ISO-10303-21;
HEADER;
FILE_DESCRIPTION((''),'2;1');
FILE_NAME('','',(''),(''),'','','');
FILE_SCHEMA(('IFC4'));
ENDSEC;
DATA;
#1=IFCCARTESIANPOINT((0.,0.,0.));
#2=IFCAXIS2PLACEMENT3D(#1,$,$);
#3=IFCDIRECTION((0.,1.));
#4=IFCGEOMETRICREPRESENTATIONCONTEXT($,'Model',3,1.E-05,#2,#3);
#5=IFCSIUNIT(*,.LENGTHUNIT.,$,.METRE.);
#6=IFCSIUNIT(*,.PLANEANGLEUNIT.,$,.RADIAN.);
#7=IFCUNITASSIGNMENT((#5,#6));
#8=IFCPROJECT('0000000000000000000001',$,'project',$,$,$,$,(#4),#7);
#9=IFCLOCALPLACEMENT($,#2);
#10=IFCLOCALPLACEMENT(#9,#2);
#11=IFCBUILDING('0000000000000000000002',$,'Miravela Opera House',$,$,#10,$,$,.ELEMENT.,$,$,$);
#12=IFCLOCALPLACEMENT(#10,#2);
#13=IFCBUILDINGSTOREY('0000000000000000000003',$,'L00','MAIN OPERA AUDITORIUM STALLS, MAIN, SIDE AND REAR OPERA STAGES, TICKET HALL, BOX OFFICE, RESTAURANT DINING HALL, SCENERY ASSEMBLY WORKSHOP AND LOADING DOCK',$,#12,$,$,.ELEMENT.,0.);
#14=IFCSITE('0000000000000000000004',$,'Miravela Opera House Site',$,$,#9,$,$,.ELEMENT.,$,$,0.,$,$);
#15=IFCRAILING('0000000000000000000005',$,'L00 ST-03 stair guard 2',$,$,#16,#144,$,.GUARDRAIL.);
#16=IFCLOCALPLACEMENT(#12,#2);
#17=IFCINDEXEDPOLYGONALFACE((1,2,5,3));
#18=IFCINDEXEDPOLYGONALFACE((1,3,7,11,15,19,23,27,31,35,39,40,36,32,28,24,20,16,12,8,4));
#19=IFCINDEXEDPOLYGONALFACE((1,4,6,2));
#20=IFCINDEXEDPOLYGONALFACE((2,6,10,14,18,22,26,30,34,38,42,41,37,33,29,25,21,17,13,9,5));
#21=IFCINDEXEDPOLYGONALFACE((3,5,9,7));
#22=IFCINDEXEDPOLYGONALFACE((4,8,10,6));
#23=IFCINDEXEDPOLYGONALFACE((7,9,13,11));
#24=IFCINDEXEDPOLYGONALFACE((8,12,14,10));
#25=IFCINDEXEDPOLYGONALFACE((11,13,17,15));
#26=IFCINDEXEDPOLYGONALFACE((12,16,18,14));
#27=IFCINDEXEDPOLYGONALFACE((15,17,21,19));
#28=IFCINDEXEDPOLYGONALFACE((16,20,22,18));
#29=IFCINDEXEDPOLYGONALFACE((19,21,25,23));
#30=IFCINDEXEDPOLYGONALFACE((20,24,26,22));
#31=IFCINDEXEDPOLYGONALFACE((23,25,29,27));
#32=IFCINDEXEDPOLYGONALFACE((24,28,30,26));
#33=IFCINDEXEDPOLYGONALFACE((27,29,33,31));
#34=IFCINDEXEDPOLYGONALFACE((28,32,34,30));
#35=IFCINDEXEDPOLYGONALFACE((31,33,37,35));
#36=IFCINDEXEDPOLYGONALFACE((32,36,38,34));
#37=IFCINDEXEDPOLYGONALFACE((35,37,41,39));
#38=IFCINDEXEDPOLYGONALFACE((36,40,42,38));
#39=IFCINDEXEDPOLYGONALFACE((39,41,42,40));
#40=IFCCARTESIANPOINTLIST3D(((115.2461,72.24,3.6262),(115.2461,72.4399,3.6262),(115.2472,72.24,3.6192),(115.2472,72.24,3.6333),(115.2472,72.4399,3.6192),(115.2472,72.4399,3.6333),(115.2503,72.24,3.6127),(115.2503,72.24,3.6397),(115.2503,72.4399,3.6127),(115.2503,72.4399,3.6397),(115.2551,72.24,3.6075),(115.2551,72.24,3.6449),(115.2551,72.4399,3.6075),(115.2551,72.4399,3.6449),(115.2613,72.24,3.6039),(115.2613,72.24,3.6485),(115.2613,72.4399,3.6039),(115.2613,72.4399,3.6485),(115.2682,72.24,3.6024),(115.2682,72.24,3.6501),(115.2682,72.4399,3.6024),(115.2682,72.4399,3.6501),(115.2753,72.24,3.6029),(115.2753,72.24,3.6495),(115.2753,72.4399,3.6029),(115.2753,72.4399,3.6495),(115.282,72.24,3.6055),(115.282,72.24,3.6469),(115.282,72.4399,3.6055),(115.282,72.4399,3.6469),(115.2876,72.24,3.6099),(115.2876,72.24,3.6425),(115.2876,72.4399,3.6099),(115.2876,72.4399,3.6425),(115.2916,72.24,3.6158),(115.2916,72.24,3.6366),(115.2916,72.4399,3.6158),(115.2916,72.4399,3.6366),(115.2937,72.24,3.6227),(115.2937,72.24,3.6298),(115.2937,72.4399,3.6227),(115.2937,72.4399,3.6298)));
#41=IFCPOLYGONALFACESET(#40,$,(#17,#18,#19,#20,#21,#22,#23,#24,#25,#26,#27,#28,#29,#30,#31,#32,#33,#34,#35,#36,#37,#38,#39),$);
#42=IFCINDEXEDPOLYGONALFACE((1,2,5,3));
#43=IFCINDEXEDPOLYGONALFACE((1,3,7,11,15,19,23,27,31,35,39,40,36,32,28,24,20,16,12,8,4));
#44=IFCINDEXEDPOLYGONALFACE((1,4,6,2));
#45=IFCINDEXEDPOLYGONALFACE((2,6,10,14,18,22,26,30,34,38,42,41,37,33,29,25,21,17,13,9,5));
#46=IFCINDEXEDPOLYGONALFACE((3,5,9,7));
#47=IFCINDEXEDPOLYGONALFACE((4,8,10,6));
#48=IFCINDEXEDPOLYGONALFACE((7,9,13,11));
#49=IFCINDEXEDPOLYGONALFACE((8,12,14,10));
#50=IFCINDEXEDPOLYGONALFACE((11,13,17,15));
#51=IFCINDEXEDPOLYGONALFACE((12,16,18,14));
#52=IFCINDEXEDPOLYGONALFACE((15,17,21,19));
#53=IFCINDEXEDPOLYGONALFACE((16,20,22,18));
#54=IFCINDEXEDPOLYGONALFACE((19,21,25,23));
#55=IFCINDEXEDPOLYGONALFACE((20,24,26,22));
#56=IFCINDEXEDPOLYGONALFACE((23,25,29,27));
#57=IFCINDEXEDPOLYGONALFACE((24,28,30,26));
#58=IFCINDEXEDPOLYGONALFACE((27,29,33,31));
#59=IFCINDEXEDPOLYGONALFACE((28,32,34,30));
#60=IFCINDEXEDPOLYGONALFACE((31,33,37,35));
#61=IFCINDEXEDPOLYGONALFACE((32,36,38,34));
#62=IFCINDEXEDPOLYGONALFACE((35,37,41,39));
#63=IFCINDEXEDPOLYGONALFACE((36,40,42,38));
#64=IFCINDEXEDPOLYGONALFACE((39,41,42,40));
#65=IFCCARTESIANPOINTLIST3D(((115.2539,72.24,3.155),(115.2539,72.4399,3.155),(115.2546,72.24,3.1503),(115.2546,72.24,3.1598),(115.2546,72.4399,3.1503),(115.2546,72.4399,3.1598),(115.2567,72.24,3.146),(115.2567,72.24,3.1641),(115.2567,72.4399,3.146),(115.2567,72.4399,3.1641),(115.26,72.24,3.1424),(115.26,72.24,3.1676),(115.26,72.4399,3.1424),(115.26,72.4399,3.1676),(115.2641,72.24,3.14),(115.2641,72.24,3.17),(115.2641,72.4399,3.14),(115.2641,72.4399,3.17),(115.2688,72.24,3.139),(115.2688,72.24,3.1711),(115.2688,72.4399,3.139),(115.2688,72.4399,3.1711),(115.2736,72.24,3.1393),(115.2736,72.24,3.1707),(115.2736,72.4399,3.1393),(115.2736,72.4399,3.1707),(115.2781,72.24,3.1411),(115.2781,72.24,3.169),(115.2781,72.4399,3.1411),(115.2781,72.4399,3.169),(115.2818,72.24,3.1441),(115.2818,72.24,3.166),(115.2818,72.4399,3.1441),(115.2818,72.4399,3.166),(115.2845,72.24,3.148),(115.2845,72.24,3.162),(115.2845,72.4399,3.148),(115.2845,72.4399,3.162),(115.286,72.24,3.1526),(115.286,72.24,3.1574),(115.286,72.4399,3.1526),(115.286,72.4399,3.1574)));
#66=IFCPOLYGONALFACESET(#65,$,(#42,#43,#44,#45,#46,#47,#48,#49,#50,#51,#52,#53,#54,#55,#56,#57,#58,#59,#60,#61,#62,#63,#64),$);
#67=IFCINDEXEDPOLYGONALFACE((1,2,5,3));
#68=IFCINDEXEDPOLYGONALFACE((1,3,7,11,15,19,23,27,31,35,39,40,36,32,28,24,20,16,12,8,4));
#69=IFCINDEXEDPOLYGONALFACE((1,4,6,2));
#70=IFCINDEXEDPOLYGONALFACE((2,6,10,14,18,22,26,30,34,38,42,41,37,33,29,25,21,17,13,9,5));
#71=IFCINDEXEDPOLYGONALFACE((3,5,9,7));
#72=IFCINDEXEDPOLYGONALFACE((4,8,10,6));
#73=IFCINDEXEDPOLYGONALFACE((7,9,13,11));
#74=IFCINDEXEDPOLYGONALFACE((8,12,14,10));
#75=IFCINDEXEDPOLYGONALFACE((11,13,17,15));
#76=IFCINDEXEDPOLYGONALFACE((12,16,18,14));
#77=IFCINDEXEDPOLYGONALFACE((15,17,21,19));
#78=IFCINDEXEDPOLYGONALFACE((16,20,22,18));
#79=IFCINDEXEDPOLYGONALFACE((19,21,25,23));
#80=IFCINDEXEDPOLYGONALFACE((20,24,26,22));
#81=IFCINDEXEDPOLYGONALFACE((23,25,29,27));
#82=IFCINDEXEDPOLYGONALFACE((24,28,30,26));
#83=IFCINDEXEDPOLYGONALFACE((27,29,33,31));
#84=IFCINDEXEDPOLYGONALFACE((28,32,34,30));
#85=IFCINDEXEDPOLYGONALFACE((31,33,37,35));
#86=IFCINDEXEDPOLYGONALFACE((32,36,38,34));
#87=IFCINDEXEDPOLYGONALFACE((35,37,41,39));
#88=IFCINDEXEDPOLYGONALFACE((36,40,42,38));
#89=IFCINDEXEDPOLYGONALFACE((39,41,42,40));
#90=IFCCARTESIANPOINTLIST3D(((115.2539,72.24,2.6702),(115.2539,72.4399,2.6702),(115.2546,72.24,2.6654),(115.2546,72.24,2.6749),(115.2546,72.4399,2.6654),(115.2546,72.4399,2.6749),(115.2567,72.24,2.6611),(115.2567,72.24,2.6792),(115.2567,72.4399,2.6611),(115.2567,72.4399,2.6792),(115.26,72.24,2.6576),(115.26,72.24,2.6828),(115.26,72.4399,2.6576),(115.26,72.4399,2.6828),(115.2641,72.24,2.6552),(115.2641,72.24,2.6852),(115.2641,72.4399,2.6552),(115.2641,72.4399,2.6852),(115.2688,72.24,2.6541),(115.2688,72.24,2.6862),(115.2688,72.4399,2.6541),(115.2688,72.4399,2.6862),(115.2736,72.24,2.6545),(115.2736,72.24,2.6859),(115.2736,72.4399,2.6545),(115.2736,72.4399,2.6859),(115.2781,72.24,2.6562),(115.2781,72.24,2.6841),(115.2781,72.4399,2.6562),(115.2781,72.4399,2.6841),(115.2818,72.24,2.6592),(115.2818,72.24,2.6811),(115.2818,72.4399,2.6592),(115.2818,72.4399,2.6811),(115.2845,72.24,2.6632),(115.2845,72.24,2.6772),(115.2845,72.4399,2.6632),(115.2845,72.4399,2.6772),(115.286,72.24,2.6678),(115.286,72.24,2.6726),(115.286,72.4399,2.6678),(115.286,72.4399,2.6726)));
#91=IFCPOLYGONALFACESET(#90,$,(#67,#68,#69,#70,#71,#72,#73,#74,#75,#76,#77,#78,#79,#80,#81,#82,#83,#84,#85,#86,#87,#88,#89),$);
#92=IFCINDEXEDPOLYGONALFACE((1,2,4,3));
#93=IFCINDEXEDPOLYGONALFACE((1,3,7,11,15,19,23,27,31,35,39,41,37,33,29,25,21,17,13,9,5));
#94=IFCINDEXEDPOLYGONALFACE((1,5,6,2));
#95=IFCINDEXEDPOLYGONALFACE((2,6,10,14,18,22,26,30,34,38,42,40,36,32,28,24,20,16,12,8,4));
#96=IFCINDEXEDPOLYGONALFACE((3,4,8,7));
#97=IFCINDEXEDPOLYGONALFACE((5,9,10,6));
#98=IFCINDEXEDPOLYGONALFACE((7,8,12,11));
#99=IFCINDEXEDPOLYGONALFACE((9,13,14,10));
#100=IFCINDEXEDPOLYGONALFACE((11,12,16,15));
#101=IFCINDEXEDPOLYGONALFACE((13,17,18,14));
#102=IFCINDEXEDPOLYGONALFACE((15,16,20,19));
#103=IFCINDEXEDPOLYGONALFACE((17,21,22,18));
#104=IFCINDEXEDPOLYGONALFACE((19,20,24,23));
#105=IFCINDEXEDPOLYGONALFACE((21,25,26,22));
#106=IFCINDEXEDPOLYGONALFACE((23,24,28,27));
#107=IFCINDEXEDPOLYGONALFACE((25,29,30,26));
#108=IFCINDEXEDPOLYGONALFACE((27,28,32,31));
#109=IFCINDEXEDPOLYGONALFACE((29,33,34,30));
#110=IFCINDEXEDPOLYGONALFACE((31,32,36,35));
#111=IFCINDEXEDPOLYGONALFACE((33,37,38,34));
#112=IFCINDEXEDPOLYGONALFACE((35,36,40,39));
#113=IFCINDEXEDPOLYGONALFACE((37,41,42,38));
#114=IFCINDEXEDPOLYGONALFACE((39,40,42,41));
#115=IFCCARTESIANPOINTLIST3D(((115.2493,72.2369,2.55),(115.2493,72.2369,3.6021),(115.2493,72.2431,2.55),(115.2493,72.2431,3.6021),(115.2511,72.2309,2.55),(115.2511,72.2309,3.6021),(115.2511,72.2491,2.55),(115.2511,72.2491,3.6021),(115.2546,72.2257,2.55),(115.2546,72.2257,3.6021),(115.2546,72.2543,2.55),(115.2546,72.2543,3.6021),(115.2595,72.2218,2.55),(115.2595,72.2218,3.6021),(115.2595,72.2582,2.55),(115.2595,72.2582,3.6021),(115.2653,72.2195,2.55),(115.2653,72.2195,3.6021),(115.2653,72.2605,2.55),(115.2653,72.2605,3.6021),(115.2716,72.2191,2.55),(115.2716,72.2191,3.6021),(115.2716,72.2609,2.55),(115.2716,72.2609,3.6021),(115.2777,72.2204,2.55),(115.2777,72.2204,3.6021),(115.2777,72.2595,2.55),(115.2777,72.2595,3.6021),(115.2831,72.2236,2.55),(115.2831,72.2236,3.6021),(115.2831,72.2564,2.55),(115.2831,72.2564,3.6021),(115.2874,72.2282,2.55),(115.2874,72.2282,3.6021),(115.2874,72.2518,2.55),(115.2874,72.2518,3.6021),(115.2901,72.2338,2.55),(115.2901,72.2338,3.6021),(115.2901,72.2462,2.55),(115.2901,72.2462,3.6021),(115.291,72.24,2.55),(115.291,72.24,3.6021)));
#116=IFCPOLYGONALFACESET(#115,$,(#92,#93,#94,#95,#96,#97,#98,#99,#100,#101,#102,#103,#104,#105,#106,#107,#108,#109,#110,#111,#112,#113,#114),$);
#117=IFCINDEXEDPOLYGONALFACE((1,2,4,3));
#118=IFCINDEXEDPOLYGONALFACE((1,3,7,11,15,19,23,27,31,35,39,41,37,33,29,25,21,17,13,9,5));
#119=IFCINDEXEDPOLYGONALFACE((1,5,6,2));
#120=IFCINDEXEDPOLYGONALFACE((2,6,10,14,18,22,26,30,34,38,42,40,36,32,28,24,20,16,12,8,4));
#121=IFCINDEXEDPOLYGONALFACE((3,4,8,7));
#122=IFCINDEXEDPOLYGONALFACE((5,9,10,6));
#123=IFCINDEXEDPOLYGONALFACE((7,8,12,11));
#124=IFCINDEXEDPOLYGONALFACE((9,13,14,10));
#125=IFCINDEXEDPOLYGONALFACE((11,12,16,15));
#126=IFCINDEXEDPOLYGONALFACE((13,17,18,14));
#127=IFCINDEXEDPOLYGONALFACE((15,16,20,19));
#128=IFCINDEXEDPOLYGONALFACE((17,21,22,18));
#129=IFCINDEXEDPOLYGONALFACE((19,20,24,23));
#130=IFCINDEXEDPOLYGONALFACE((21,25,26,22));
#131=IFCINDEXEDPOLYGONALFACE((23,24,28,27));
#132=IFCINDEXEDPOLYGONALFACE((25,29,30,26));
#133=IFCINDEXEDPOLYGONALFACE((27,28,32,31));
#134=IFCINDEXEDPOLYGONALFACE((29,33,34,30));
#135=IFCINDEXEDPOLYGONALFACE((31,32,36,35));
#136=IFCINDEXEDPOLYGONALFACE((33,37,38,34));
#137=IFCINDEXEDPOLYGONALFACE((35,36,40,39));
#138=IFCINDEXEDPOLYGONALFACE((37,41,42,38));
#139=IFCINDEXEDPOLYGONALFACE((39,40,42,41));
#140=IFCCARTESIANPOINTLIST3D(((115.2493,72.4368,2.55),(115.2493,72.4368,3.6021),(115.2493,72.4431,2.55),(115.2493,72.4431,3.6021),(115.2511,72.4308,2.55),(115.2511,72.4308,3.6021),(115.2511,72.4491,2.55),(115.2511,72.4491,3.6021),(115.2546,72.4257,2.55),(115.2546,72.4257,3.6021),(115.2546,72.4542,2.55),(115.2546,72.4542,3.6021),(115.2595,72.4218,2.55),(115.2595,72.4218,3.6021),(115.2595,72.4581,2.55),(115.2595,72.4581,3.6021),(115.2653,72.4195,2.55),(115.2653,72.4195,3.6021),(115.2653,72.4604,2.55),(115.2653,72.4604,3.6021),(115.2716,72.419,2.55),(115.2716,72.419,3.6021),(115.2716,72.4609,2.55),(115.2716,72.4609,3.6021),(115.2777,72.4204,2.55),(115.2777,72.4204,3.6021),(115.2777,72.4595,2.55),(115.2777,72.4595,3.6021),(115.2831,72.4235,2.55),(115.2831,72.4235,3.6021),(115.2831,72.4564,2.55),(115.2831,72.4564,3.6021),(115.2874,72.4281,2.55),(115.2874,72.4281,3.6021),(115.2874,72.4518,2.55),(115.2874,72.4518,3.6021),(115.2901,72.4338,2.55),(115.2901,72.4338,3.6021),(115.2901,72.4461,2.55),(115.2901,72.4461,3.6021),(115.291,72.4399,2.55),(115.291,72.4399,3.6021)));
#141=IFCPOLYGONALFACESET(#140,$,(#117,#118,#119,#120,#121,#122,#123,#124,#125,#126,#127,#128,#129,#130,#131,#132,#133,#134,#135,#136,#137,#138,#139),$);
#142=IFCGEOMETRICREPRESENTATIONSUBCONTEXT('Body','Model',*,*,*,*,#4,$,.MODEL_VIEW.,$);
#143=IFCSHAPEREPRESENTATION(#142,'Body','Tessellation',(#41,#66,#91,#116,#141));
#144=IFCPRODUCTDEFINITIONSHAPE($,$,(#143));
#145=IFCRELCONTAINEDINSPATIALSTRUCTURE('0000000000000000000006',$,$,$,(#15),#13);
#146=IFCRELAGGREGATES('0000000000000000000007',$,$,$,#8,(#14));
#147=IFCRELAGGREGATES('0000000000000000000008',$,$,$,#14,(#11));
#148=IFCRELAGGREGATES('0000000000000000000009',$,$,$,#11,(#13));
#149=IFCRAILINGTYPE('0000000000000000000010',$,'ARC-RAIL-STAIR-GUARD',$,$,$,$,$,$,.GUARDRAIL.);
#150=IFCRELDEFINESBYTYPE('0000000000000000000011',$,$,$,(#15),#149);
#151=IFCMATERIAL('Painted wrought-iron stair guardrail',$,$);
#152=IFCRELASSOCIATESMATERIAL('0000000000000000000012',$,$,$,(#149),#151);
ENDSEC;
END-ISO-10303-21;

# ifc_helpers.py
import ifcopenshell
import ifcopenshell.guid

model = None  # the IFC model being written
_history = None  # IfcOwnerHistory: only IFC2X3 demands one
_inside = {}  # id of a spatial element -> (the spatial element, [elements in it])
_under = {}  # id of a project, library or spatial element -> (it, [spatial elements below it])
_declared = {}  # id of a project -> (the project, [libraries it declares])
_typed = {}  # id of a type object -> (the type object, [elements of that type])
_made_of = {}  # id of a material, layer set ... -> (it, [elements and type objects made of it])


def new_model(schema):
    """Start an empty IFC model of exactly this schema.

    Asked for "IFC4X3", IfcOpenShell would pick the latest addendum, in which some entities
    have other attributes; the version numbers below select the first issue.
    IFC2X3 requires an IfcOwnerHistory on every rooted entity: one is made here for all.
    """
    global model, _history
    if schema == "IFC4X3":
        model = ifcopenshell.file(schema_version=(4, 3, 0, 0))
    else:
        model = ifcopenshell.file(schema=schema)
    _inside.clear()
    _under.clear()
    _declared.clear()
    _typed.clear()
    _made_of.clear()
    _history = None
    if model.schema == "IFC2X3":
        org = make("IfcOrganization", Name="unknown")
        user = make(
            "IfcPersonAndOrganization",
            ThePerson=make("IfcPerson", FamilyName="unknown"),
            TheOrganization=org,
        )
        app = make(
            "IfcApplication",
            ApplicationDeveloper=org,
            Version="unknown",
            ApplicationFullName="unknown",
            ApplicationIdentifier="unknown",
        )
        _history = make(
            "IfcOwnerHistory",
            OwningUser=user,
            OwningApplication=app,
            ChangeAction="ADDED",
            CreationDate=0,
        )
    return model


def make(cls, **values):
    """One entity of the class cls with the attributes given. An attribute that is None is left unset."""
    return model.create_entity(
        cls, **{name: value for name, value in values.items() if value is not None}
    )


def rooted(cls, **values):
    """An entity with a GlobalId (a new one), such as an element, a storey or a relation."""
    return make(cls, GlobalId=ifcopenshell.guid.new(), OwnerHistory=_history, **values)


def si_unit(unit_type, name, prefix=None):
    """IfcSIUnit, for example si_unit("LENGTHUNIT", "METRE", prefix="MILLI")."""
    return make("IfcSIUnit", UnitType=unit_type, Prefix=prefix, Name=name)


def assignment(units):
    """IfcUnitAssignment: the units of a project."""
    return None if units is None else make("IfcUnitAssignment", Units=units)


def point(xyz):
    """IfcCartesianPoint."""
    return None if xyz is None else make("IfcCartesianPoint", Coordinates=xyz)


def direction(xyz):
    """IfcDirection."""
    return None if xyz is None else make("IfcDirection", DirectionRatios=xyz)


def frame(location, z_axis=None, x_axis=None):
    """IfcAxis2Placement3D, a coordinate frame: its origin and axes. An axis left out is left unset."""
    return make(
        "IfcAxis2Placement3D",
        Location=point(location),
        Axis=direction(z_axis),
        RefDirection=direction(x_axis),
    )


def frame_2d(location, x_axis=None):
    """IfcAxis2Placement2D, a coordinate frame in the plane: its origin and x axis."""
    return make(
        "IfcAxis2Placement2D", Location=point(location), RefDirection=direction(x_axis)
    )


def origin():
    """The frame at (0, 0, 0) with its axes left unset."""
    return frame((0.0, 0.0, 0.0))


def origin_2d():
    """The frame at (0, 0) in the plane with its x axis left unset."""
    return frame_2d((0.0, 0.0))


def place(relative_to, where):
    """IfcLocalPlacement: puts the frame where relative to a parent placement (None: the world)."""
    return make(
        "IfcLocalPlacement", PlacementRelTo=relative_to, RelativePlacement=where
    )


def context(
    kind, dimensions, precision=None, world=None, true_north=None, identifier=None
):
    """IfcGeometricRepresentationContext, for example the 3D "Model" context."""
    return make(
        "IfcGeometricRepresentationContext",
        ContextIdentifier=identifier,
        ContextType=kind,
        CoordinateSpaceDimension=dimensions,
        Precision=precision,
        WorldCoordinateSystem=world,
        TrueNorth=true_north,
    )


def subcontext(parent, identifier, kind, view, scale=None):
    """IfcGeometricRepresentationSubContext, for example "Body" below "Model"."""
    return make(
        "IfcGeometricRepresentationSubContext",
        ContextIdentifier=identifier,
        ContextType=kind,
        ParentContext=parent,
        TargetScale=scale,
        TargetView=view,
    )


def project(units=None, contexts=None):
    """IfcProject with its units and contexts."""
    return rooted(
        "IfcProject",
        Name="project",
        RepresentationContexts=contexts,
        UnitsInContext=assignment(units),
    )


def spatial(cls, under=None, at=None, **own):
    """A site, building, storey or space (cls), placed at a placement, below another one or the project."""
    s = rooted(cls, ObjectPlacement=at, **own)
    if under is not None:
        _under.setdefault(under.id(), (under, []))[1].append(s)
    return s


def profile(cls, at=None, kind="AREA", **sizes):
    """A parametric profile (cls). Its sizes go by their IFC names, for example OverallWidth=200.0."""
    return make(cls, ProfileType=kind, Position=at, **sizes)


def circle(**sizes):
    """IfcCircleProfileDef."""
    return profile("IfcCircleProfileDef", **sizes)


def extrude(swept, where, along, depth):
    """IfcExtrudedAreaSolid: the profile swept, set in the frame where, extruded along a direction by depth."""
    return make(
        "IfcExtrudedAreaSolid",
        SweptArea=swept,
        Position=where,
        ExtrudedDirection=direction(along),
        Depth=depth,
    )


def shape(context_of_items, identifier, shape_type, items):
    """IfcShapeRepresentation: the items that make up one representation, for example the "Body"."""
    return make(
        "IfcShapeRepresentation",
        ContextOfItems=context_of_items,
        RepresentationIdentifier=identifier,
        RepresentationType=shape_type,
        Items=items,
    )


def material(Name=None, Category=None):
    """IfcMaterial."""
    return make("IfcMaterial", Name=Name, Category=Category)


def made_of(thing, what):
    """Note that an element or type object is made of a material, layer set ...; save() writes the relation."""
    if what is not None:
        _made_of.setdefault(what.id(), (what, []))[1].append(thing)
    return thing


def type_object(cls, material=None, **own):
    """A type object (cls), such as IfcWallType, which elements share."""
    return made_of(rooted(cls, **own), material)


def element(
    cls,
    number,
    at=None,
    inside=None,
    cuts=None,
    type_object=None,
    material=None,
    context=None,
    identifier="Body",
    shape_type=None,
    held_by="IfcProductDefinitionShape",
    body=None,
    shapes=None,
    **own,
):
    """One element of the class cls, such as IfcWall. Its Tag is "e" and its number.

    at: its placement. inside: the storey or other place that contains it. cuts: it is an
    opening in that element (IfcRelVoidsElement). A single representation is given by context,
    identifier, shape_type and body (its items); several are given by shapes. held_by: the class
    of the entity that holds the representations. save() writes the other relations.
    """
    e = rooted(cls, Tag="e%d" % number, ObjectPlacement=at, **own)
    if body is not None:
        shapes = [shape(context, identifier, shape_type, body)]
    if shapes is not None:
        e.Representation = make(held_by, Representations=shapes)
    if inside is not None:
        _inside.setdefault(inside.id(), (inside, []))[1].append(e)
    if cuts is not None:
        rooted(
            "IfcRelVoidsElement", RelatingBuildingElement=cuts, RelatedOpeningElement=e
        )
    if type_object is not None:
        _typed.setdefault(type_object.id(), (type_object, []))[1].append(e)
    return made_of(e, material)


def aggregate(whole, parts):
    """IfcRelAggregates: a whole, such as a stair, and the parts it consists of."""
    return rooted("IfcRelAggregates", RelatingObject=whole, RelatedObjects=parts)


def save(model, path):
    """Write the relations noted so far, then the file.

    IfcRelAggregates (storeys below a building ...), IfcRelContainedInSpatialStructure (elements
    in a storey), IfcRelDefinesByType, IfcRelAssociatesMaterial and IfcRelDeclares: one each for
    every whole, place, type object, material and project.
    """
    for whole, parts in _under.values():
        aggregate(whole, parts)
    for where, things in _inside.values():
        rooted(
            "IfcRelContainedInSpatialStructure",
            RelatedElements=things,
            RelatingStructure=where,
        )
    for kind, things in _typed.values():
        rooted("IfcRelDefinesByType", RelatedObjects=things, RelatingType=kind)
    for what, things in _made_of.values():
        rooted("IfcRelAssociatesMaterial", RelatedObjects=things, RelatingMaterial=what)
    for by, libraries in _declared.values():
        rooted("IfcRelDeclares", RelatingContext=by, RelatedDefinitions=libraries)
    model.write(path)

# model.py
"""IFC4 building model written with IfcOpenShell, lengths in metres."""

from ifc_helpers import new_model, si_unit, direction, frame, origin, origin_2d, place, context, subcontext, project, spatial, circle, extrude, material, type_object, element, save


model = new_model("IFC4")

# Units and contexts
model_context = context("Model", 3, precision=1e-05, world=origin(), true_north=direction((0.0, 1.0)))
body_context = subcontext(model_context, "Body", "Model", "MODEL_VIEW")
ifc_project = project(units=[si_unit("LENGTHUNIT", "METRE"), si_unit("PLANEANGLEUNIT", "RADIAN")], contexts=[model_context])

# Site, building, storey
site_placement = place(None, origin())
site = spatial("IfcSite", under=ifc_project, at=site_placement, Name="Miravela Opera House Site", CompositionType="ELEMENT", RefElevation=0.0)
building_placement = place(site_placement, origin())
building = spatial("IfcBuilding", under=site, at=building_placement, Name="Miravela Opera House", CompositionType="ELEMENT")
storey_placement = place(building_placement, origin())
storey = spatial("IfcBuildingStorey", under=building, at=storey_placement, Name="L00", Description="MAIN OPERA AUDITORIUM STALLS, MAIN, SIDE AND REAR OPERA STAGES, TICKET HALL, BOX OFFICE, RESTAURANT DINING HALL, SCENERY ASSEMBLY WORKSHOP AND LOADING DOCK", CompositionType="ELEMENT", Elevation=0.0)

# Railing
ifc_material_1 = material(Name="Painted wrought-iron stair guardrail")
railing_type_1 = type_object("IfcRailingType", Name="ARC-RAIL-STAIR-GUARD", PredefinedType="GUARDRAIL", material=ifc_material_1)
railing_1_placement = place(storey_placement, frame((115.27, 72.24, 2.55)))
element("IfcRailing", 1, at=railing_1_placement, inside=storey, type_object=railing_type_1, Name="L00 ST-03 stair guard 2", PredefinedType="GUARDRAIL", context=body_context, shape_type="SweptSolid", body=[
    extrude(circle(Radius=0.0239, at=origin_2d()), frame((0.0, 0.0, 1.0762), z_axis=(0.0, 1.0, 0.0), x_axis=(-1.0, 0.0, 0.0)), (0.0, 0.0, 1.0), 0.2),
    extrude(circle(Radius=0.0161, at=origin_2d()), frame((0.0, 0.0, 0.605), z_axis=(0.0, 1.0, 0.0), x_axis=(-1.0, 0.0, 0.0)), (0.0, 0.0, 1.0), 0.2),
    extrude(circle(Radius=0.0161, at=origin_2d()), frame((0.0, 0.0, 0.1201), z_axis=(0.0, 1.0, 0.0), x_axis=(-1.0, 0.0, 0.0)), (0.0, 0.0, 1.0), 0.2),
    extrude(circle(Radius=0.021, at=origin_2d()), origin(), (0.0, 0.0, 1.0), 1.052),
    extrude(circle(Radius=0.021, at=origin_2d()), frame((0.0, 0.2, 0.0)), (0.0, 0.0, 1.0), 1.052),
])

save(model, "model.ifc")
